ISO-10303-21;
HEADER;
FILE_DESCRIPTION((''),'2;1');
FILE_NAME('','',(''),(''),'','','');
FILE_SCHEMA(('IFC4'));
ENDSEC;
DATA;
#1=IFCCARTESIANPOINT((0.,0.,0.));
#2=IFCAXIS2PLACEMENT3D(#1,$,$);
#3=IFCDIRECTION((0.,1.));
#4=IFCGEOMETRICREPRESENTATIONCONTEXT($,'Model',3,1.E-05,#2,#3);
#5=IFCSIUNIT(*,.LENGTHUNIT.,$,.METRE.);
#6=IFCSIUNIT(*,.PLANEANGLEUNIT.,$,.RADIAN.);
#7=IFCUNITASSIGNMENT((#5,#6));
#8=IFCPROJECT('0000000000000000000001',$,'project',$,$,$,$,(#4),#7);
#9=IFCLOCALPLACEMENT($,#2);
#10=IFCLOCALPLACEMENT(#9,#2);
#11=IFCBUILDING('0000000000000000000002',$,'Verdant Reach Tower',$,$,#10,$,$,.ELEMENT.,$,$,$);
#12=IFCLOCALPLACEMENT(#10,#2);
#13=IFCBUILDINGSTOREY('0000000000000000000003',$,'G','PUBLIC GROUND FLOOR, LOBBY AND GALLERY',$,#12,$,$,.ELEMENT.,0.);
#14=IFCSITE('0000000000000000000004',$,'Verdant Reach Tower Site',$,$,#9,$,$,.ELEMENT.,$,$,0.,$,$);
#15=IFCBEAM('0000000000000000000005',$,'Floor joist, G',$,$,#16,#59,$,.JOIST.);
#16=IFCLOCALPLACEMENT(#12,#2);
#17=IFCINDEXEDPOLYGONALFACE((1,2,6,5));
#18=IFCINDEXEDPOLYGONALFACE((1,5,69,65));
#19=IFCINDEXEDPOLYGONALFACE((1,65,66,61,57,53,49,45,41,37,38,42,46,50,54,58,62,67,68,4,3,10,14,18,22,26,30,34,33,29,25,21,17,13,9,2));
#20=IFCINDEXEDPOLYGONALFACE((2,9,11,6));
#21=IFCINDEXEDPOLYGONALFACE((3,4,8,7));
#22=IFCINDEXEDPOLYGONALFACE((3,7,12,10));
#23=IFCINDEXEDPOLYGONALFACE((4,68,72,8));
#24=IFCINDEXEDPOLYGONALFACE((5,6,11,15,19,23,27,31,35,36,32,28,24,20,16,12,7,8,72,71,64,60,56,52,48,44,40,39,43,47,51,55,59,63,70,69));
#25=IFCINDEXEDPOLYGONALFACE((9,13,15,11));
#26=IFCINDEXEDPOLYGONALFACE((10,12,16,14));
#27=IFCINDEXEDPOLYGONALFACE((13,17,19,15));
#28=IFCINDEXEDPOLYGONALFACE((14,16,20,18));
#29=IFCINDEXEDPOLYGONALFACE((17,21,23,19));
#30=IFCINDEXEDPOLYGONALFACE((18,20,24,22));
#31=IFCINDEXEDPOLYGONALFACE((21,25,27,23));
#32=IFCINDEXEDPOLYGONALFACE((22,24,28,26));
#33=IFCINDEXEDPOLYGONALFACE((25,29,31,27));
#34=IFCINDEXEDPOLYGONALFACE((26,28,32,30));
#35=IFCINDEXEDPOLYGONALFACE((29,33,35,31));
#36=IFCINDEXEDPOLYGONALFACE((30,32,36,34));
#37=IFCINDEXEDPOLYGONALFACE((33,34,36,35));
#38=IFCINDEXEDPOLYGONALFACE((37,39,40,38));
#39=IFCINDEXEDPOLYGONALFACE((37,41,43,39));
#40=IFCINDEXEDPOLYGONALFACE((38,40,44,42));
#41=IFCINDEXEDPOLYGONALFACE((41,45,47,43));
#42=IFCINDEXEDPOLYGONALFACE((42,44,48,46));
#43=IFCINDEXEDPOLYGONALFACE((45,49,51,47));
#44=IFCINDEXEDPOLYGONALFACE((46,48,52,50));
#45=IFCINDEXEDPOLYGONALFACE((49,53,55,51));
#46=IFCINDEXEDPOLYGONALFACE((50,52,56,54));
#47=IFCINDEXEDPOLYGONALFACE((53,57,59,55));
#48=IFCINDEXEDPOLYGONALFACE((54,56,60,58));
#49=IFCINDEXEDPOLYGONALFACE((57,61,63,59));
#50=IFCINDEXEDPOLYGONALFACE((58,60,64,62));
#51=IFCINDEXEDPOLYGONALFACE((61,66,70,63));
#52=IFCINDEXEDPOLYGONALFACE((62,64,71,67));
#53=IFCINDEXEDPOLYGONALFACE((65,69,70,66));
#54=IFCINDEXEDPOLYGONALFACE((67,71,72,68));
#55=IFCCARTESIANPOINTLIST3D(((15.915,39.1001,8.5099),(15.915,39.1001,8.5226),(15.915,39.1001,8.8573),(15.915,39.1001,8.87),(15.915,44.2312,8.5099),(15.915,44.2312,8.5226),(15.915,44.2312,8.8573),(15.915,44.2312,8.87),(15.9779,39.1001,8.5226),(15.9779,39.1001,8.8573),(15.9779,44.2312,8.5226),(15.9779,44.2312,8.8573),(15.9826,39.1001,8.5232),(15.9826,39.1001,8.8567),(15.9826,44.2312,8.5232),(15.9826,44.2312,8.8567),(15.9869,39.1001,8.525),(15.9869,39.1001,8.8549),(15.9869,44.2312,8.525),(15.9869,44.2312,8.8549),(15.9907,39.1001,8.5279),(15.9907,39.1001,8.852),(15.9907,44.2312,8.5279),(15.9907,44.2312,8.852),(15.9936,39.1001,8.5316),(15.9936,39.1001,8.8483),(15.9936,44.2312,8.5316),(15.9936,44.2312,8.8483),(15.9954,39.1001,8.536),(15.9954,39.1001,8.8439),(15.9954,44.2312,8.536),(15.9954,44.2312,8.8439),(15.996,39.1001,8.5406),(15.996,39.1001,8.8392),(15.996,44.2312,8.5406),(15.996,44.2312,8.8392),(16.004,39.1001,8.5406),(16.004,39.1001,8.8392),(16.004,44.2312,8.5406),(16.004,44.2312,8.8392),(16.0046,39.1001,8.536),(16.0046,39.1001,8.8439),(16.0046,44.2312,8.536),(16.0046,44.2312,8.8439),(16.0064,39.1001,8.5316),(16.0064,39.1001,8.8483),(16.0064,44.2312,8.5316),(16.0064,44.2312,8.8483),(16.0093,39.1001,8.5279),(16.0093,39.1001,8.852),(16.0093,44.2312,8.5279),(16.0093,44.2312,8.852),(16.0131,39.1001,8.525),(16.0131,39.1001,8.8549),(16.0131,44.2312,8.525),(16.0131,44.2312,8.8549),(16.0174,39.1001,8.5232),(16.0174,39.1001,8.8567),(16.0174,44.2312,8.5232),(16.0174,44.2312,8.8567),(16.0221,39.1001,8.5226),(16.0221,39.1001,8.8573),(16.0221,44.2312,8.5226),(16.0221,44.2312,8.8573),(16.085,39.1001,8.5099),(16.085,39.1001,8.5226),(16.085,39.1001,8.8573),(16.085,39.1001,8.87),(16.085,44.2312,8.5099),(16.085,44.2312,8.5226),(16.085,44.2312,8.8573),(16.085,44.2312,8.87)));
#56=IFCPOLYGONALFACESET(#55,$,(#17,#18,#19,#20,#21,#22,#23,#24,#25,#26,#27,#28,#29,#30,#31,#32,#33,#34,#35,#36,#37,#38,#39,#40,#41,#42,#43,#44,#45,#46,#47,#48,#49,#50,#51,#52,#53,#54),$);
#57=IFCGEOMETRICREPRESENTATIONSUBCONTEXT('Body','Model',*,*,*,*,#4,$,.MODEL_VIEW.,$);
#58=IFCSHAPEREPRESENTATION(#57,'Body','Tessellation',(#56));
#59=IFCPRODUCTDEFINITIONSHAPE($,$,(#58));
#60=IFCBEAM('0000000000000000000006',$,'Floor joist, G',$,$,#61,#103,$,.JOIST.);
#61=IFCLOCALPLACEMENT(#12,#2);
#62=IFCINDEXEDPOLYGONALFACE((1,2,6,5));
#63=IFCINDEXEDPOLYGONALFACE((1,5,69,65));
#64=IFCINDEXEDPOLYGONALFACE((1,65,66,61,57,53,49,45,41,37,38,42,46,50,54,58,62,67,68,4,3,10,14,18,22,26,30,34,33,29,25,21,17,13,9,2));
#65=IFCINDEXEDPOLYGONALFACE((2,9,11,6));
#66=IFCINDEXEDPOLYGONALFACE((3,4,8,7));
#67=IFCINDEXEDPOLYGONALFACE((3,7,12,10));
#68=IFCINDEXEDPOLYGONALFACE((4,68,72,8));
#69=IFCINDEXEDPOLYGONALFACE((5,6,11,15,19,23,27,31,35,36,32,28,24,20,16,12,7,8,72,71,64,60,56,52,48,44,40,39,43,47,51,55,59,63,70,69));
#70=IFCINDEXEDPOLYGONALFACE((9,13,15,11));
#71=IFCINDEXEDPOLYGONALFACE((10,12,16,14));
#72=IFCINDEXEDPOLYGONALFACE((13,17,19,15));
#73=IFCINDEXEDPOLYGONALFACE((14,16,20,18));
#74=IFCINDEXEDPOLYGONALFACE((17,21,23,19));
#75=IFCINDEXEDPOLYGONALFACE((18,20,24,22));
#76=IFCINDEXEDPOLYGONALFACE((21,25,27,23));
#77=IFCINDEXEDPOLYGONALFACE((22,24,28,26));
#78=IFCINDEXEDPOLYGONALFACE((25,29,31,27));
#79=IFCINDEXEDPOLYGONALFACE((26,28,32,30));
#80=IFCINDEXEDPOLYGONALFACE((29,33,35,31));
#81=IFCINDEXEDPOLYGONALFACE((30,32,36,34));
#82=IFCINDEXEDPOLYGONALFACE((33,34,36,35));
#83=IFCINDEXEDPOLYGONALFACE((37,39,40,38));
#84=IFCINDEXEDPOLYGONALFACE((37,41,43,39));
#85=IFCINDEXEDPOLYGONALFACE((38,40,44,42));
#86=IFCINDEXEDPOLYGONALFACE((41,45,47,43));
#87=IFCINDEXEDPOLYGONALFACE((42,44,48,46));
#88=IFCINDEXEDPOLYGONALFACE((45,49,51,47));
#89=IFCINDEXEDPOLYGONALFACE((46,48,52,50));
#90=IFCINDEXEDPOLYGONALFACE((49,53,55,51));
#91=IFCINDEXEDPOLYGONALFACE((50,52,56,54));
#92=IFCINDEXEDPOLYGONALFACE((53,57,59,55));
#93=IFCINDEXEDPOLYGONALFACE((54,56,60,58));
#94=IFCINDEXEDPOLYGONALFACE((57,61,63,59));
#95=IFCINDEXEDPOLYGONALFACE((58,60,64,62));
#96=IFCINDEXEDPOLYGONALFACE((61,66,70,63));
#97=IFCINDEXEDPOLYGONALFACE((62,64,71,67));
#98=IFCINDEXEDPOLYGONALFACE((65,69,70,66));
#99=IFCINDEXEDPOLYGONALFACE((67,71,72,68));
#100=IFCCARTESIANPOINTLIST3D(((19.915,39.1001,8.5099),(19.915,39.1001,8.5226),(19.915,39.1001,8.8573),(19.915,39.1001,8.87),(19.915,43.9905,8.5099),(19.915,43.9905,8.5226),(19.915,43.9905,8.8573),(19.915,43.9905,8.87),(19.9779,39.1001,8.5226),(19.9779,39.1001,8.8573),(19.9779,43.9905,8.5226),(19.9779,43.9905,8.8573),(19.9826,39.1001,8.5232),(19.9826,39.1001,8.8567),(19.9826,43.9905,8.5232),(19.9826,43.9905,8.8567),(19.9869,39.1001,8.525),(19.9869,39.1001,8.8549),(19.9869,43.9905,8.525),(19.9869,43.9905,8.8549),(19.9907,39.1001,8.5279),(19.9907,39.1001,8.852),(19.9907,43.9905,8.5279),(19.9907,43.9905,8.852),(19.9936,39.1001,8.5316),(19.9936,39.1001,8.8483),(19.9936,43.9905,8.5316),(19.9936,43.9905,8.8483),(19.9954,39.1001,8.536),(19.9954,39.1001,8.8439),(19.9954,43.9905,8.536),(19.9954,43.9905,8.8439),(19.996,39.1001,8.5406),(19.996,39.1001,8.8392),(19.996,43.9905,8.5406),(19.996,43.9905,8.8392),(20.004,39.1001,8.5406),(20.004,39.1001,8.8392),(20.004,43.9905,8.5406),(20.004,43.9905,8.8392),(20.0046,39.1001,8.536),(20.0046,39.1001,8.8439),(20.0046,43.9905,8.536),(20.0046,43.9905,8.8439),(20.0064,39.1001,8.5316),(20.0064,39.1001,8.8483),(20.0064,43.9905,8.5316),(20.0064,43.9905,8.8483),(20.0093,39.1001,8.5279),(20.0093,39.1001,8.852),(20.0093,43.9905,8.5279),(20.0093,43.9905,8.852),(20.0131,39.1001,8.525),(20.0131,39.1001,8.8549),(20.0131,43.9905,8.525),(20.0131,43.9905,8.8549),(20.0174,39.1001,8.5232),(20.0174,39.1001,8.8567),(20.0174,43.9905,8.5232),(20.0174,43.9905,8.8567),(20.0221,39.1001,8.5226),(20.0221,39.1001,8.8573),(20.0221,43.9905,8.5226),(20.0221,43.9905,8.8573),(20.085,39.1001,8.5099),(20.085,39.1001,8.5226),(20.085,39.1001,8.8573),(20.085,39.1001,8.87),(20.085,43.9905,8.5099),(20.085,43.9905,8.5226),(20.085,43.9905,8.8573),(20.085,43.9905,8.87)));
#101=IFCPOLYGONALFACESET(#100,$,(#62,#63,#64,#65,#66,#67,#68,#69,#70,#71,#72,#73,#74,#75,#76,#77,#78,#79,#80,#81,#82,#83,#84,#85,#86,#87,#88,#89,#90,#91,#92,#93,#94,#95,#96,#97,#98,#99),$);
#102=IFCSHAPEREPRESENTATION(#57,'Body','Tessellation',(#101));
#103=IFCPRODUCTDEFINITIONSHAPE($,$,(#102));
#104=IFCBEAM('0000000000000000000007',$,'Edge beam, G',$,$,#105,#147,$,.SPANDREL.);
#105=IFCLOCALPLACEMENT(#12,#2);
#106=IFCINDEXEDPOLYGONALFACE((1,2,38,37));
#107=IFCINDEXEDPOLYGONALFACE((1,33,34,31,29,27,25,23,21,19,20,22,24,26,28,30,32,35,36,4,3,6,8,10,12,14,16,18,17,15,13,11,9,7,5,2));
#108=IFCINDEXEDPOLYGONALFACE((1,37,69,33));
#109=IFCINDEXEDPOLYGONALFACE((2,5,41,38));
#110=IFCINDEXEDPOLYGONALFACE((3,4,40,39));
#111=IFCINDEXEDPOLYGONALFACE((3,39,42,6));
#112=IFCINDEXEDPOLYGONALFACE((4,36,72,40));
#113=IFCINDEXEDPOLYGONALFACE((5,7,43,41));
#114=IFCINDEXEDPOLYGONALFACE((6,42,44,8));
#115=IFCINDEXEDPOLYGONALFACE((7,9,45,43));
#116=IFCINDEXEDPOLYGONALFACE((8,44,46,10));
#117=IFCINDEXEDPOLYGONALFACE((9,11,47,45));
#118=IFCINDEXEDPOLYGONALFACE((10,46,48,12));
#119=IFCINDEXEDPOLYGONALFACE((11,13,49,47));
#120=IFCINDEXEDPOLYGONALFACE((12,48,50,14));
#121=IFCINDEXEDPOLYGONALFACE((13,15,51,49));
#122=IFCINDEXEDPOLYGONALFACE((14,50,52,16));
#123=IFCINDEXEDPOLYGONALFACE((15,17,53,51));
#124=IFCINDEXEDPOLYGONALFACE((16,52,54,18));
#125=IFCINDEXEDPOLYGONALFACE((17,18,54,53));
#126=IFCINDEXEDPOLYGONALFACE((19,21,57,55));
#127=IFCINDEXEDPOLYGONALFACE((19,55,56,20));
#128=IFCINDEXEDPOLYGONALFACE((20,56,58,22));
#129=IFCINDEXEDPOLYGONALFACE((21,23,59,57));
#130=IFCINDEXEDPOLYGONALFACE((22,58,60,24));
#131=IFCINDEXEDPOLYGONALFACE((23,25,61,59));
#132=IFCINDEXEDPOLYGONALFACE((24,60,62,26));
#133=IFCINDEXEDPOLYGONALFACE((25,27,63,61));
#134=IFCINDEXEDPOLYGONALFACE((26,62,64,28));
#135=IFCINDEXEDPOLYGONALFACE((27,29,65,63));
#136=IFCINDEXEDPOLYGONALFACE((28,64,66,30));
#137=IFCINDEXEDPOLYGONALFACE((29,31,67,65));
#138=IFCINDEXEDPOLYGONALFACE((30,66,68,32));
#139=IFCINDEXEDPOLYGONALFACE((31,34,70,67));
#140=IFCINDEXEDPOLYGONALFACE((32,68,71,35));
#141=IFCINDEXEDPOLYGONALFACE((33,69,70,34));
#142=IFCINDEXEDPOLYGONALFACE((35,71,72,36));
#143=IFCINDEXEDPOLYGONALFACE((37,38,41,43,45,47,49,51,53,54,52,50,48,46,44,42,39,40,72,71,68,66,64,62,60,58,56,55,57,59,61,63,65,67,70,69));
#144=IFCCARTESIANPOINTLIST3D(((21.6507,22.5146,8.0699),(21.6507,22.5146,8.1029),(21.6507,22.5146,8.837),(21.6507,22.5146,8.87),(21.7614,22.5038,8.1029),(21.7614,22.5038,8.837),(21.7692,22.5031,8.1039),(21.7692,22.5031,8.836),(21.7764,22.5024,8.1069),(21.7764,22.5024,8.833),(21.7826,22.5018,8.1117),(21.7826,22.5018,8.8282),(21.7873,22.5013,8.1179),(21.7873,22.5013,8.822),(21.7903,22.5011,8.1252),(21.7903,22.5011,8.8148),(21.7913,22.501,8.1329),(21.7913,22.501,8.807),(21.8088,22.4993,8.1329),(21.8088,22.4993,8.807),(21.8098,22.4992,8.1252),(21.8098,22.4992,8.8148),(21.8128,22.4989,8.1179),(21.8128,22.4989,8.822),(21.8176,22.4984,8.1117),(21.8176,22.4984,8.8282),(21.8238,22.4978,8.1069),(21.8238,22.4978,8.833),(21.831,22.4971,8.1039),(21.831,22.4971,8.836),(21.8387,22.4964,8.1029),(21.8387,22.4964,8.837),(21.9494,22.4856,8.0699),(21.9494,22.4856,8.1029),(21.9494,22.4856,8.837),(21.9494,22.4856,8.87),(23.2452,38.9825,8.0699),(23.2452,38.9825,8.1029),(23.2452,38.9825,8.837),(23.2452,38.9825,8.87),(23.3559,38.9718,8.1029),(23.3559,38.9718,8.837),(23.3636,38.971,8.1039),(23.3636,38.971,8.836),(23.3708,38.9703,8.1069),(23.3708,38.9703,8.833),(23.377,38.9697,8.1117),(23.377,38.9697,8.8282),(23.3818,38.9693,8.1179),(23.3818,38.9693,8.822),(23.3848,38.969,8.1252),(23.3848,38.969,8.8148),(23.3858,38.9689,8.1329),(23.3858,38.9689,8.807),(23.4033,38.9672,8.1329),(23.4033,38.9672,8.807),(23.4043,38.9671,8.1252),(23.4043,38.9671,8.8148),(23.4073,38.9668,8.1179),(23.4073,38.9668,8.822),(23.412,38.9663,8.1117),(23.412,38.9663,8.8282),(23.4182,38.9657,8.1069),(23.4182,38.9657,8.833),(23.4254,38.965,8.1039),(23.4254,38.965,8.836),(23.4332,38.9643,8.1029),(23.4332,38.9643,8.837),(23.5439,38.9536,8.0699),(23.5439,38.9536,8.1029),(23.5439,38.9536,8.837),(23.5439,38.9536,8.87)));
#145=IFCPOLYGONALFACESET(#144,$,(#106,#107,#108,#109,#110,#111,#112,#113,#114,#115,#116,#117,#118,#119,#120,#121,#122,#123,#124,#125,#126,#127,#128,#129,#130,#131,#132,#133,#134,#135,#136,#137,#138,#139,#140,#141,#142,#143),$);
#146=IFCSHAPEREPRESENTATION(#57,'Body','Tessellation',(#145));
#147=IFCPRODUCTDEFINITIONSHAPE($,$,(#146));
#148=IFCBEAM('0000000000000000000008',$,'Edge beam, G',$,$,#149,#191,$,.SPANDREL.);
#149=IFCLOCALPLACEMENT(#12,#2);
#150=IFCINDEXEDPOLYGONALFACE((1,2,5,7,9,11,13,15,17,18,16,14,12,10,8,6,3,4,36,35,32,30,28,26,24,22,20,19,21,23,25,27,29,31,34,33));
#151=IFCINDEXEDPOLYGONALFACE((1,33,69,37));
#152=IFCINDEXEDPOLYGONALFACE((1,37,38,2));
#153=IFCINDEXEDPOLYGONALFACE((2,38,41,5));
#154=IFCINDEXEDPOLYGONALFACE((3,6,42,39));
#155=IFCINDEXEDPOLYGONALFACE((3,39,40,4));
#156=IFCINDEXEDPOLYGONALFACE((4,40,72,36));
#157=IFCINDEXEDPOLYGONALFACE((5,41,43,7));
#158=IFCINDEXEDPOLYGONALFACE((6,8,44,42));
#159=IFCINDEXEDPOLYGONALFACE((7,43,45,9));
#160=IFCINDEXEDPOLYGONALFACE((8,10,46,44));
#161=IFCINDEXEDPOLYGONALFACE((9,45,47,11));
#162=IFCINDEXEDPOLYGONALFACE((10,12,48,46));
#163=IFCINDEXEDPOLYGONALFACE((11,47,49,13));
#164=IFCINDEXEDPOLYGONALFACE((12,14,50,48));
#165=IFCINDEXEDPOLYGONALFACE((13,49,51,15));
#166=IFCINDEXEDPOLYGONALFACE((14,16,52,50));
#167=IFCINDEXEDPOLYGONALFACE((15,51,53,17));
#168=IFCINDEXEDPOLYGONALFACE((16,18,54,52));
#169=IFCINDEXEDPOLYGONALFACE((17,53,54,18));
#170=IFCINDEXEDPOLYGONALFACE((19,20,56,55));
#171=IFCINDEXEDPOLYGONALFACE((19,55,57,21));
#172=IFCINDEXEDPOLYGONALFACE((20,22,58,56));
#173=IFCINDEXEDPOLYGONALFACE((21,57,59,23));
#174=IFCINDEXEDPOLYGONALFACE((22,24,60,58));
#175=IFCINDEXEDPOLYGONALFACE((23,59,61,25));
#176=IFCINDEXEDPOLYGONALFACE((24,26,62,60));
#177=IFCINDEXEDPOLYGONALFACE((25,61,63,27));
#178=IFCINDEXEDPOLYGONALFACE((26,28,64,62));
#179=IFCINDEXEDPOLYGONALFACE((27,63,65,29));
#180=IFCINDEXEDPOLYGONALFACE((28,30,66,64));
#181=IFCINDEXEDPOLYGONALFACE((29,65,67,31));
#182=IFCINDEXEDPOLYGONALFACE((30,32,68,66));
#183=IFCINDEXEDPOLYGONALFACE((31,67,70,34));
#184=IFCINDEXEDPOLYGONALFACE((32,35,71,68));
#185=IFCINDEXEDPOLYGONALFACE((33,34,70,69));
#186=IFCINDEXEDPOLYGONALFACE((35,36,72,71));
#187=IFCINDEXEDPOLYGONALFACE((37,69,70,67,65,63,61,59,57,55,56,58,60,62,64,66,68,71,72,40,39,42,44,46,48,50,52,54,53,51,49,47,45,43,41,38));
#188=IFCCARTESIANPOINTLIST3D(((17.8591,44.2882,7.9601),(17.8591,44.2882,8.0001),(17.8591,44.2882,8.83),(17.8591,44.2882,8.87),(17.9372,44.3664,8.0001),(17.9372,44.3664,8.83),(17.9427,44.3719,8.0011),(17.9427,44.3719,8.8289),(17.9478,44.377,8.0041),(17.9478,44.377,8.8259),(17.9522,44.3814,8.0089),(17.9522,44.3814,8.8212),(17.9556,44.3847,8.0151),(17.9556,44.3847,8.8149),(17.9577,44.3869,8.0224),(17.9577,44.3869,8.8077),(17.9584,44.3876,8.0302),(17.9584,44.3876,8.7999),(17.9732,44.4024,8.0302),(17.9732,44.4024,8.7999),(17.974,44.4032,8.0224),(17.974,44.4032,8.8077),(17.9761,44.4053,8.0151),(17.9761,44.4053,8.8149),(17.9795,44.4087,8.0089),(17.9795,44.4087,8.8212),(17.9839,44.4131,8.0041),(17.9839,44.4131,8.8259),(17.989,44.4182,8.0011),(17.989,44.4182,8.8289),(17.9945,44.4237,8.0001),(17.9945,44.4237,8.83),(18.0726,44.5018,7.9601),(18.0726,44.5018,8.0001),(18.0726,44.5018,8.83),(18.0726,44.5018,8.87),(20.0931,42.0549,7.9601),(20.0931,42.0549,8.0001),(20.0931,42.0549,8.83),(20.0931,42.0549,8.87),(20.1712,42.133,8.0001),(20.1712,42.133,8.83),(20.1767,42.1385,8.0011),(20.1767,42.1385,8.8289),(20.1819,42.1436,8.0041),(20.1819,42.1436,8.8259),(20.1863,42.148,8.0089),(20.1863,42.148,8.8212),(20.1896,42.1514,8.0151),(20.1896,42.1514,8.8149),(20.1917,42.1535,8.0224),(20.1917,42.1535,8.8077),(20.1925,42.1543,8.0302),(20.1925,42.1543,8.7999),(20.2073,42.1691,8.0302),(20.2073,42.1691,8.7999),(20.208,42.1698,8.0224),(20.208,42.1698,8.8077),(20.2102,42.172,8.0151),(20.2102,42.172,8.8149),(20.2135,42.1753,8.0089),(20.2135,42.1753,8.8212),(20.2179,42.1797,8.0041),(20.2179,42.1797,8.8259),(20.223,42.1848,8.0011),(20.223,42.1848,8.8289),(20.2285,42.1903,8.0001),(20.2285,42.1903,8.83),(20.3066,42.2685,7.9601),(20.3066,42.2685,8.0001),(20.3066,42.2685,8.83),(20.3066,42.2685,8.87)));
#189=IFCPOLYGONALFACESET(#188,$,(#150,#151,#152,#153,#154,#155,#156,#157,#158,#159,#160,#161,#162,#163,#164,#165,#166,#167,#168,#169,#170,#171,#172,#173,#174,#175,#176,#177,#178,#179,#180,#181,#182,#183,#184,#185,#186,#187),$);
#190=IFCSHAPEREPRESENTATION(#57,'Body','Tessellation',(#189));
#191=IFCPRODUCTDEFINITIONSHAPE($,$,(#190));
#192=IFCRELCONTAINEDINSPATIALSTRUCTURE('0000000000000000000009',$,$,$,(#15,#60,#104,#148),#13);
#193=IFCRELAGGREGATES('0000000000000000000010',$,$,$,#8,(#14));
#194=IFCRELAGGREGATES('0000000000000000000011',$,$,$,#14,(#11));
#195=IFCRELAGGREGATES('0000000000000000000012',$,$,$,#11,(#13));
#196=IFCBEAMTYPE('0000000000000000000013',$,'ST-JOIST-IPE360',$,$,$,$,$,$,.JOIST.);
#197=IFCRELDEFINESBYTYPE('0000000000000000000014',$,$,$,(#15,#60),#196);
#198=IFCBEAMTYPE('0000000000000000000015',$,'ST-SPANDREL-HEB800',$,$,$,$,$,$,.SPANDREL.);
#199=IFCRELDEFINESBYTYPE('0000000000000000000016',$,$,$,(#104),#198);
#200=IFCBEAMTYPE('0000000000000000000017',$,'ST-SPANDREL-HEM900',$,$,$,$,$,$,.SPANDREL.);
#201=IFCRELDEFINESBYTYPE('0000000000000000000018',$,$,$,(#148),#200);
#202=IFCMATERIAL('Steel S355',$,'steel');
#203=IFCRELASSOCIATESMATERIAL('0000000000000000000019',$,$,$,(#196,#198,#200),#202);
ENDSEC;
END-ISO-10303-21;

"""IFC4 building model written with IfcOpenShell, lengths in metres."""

from ifc_helpers import new_model, si_unit, direction, frame, origin, origin_2d, place, context, subcontext, project, spatial, i_section, extrude, material, material_profile, profile_set, type_object, element, save


model = new_model("IFC4")

# Units and contexts
model_context = context("Model", 3, precision=1e-05, world=origin(), true_north=direction((0.0, 1.0)))
body_context = subcontext(model_context, "Body", "Model", "MODEL_VIEW")
ifc_project = project(units=[si_unit("LENGTHUNIT", "METRE"), si_unit("PLANEANGLEUNIT", "RADIAN")], contexts=[model_context])

# Site, building, storey
site_placement = place(None, origin())
site = spatial("IfcSite", under=ifc_project, at=site_placement, Name="Verdant Reach Tower Site", CompositionType="ELEMENT", RefElevation=0.0)
building_placement = place(site_placement, origin())
building = spatial("IfcBuilding", under=site, at=building_placement, Name="Verdant Reach Tower", CompositionType="ELEMENT")
storey_placement = place(building_placement, origin())
storey = spatial("IfcBuildingStorey", under=building, at=storey_placement, Name="G", Description="PUBLIC GROUND FLOOR, LOBBY AND GALLERY", CompositionType="ELEMENT", Elevation=0.0)

# Beams
ifc_material_1 = material(Name="Steel S355", Category="steel")
ifc_material_profile_1 = material_profile(ifc_material_1, i_section(OverallWidth=0.1699, OverallDepth=0.3601, WebThickness=0.0081, FlangeThickness=0.0127, FilletRadius=0.0181, at=origin_2d()), Name="IPE 360")
ifc_profile_set_1 = profile_set([ifc_material_profile_1], Name="Steel S355")
beam_type_1 = type_object("IfcBeamType", Name="ST-JOIST-IPE360", PredefinedType="JOIST", material=ifc_profile_set_1)
beam_1_placement = place(storey_placement, frame((16.0, 39.1001, 8.6899), z_axis=(0.0, 1.0, 0.0), x_axis=(-1.0, 0.0, 0.0)))
element("IfcBeam", 1, at=beam_1_placement, inside=storey, type_object=beam_type_1, Name="Floor joist, G", PredefinedType="JOIST", context=body_context, shape_type="SweptSolid", body=[
    extrude(i_section(OverallWidth=0.1699, OverallDepth=0.3601, WebThickness=0.0081, FlangeThickness=0.0127, FilletRadius=0.0181, at=origin_2d()), origin(), (0.0, 0.0, 1.0), 5.1311),
])
beam_2_placement = place(storey_placement, frame((20.0, 39.1001, 8.6899), z_axis=(0.0, 1.0, 0.0), x_axis=(-1.0, 0.0, 0.0)))
element("IfcBeam", 2, at=beam_2_placement, inside=storey, type_object=beam_type_1, Name="Floor joist, G", PredefinedType="JOIST", context=body_context, shape_type="SweptSolid", body=[
    extrude(i_section(OverallWidth=0.1699, OverallDepth=0.3601, WebThickness=0.0081, FlangeThickness=0.0127, FilletRadius=0.0181, at=origin_2d()), origin(), (0.0, 0.0, 1.0), 4.8904),
])
ifc_material_profile_2 = material_profile(ifc_material_1, i_section(OverallWidth=0.3, OverallDepth=0.8, WebThickness=0.0176, FlangeThickness=0.033, FilletRadius=0.03, at=origin_2d()), Name="HEB 800")
ifc_profile_set_2 = profile_set([ifc_material_profile_2], Name="Steel S355")
beam_type_2 = type_object("IfcBeamType", Name="ST-SPANDREL-HEB800", PredefinedType="SPANDREL", material=ifc_profile_set_2)
beam_3_placement = place(storey_placement, frame((23.3945, 38.968, 8.47), z_axis=(-0.096372, -0.995345, 0.0), x_axis=(0.995345, -0.096372, 0.0)))
element("IfcBeam", 3, at=beam_3_placement, inside=storey, type_object=beam_type_2, Name="Edge beam, G", PredefinedType="SPANDREL", context=body_context, shape_type="SweptSolid", body=[
    extrude(i_section(OverallWidth=0.3, OverallDepth=0.8, WebThickness=0.0176, FlangeThickness=0.033, FilletRadius=0.03, at=origin_2d()), origin(), (0.0, 0.0, 1.0), 16.5449),
])
ifc_material_profile_3 = material_profile(ifc_material_1, i_section(OverallWidth=0.302, OverallDepth=0.9099, WebThickness=0.021, FlangeThickness=0.04, FilletRadius=0.03, at=origin_2d()), Name="HEM 900")
ifc_profile_set_3 = profile_set([ifc_material_profile_3], Name="Steel S355")
beam_type_3 = type_object("IfcBeamType", Name="ST-SPANDREL-HEM900", PredefinedType="SPANDREL", material=ifc_profile_set_3)
beam_4_placement = place(storey_placement, frame((17.9658, 44.395, 8.415), z_axis=(0.707223, -0.706991, 0.0), x_axis=(0.706991, 0.707223, 0.0)))
element("IfcBeam", 4, at=beam_4_placement, inside=storey, type_object=beam_type_3, Name="Edge beam, G", PredefinedType="SPANDREL", context=body_context, shape_type="SweptSolid", body=[
    extrude(i_section(OverallWidth=0.302, OverallDepth=0.9099, WebThickness=0.021, FlangeThickness=0.04, FilletRadius=0.03, at=origin_2d()), origin(), (0.0, 0.0, 1.0), 3.1589),
])

save(model, "model.ifc")
